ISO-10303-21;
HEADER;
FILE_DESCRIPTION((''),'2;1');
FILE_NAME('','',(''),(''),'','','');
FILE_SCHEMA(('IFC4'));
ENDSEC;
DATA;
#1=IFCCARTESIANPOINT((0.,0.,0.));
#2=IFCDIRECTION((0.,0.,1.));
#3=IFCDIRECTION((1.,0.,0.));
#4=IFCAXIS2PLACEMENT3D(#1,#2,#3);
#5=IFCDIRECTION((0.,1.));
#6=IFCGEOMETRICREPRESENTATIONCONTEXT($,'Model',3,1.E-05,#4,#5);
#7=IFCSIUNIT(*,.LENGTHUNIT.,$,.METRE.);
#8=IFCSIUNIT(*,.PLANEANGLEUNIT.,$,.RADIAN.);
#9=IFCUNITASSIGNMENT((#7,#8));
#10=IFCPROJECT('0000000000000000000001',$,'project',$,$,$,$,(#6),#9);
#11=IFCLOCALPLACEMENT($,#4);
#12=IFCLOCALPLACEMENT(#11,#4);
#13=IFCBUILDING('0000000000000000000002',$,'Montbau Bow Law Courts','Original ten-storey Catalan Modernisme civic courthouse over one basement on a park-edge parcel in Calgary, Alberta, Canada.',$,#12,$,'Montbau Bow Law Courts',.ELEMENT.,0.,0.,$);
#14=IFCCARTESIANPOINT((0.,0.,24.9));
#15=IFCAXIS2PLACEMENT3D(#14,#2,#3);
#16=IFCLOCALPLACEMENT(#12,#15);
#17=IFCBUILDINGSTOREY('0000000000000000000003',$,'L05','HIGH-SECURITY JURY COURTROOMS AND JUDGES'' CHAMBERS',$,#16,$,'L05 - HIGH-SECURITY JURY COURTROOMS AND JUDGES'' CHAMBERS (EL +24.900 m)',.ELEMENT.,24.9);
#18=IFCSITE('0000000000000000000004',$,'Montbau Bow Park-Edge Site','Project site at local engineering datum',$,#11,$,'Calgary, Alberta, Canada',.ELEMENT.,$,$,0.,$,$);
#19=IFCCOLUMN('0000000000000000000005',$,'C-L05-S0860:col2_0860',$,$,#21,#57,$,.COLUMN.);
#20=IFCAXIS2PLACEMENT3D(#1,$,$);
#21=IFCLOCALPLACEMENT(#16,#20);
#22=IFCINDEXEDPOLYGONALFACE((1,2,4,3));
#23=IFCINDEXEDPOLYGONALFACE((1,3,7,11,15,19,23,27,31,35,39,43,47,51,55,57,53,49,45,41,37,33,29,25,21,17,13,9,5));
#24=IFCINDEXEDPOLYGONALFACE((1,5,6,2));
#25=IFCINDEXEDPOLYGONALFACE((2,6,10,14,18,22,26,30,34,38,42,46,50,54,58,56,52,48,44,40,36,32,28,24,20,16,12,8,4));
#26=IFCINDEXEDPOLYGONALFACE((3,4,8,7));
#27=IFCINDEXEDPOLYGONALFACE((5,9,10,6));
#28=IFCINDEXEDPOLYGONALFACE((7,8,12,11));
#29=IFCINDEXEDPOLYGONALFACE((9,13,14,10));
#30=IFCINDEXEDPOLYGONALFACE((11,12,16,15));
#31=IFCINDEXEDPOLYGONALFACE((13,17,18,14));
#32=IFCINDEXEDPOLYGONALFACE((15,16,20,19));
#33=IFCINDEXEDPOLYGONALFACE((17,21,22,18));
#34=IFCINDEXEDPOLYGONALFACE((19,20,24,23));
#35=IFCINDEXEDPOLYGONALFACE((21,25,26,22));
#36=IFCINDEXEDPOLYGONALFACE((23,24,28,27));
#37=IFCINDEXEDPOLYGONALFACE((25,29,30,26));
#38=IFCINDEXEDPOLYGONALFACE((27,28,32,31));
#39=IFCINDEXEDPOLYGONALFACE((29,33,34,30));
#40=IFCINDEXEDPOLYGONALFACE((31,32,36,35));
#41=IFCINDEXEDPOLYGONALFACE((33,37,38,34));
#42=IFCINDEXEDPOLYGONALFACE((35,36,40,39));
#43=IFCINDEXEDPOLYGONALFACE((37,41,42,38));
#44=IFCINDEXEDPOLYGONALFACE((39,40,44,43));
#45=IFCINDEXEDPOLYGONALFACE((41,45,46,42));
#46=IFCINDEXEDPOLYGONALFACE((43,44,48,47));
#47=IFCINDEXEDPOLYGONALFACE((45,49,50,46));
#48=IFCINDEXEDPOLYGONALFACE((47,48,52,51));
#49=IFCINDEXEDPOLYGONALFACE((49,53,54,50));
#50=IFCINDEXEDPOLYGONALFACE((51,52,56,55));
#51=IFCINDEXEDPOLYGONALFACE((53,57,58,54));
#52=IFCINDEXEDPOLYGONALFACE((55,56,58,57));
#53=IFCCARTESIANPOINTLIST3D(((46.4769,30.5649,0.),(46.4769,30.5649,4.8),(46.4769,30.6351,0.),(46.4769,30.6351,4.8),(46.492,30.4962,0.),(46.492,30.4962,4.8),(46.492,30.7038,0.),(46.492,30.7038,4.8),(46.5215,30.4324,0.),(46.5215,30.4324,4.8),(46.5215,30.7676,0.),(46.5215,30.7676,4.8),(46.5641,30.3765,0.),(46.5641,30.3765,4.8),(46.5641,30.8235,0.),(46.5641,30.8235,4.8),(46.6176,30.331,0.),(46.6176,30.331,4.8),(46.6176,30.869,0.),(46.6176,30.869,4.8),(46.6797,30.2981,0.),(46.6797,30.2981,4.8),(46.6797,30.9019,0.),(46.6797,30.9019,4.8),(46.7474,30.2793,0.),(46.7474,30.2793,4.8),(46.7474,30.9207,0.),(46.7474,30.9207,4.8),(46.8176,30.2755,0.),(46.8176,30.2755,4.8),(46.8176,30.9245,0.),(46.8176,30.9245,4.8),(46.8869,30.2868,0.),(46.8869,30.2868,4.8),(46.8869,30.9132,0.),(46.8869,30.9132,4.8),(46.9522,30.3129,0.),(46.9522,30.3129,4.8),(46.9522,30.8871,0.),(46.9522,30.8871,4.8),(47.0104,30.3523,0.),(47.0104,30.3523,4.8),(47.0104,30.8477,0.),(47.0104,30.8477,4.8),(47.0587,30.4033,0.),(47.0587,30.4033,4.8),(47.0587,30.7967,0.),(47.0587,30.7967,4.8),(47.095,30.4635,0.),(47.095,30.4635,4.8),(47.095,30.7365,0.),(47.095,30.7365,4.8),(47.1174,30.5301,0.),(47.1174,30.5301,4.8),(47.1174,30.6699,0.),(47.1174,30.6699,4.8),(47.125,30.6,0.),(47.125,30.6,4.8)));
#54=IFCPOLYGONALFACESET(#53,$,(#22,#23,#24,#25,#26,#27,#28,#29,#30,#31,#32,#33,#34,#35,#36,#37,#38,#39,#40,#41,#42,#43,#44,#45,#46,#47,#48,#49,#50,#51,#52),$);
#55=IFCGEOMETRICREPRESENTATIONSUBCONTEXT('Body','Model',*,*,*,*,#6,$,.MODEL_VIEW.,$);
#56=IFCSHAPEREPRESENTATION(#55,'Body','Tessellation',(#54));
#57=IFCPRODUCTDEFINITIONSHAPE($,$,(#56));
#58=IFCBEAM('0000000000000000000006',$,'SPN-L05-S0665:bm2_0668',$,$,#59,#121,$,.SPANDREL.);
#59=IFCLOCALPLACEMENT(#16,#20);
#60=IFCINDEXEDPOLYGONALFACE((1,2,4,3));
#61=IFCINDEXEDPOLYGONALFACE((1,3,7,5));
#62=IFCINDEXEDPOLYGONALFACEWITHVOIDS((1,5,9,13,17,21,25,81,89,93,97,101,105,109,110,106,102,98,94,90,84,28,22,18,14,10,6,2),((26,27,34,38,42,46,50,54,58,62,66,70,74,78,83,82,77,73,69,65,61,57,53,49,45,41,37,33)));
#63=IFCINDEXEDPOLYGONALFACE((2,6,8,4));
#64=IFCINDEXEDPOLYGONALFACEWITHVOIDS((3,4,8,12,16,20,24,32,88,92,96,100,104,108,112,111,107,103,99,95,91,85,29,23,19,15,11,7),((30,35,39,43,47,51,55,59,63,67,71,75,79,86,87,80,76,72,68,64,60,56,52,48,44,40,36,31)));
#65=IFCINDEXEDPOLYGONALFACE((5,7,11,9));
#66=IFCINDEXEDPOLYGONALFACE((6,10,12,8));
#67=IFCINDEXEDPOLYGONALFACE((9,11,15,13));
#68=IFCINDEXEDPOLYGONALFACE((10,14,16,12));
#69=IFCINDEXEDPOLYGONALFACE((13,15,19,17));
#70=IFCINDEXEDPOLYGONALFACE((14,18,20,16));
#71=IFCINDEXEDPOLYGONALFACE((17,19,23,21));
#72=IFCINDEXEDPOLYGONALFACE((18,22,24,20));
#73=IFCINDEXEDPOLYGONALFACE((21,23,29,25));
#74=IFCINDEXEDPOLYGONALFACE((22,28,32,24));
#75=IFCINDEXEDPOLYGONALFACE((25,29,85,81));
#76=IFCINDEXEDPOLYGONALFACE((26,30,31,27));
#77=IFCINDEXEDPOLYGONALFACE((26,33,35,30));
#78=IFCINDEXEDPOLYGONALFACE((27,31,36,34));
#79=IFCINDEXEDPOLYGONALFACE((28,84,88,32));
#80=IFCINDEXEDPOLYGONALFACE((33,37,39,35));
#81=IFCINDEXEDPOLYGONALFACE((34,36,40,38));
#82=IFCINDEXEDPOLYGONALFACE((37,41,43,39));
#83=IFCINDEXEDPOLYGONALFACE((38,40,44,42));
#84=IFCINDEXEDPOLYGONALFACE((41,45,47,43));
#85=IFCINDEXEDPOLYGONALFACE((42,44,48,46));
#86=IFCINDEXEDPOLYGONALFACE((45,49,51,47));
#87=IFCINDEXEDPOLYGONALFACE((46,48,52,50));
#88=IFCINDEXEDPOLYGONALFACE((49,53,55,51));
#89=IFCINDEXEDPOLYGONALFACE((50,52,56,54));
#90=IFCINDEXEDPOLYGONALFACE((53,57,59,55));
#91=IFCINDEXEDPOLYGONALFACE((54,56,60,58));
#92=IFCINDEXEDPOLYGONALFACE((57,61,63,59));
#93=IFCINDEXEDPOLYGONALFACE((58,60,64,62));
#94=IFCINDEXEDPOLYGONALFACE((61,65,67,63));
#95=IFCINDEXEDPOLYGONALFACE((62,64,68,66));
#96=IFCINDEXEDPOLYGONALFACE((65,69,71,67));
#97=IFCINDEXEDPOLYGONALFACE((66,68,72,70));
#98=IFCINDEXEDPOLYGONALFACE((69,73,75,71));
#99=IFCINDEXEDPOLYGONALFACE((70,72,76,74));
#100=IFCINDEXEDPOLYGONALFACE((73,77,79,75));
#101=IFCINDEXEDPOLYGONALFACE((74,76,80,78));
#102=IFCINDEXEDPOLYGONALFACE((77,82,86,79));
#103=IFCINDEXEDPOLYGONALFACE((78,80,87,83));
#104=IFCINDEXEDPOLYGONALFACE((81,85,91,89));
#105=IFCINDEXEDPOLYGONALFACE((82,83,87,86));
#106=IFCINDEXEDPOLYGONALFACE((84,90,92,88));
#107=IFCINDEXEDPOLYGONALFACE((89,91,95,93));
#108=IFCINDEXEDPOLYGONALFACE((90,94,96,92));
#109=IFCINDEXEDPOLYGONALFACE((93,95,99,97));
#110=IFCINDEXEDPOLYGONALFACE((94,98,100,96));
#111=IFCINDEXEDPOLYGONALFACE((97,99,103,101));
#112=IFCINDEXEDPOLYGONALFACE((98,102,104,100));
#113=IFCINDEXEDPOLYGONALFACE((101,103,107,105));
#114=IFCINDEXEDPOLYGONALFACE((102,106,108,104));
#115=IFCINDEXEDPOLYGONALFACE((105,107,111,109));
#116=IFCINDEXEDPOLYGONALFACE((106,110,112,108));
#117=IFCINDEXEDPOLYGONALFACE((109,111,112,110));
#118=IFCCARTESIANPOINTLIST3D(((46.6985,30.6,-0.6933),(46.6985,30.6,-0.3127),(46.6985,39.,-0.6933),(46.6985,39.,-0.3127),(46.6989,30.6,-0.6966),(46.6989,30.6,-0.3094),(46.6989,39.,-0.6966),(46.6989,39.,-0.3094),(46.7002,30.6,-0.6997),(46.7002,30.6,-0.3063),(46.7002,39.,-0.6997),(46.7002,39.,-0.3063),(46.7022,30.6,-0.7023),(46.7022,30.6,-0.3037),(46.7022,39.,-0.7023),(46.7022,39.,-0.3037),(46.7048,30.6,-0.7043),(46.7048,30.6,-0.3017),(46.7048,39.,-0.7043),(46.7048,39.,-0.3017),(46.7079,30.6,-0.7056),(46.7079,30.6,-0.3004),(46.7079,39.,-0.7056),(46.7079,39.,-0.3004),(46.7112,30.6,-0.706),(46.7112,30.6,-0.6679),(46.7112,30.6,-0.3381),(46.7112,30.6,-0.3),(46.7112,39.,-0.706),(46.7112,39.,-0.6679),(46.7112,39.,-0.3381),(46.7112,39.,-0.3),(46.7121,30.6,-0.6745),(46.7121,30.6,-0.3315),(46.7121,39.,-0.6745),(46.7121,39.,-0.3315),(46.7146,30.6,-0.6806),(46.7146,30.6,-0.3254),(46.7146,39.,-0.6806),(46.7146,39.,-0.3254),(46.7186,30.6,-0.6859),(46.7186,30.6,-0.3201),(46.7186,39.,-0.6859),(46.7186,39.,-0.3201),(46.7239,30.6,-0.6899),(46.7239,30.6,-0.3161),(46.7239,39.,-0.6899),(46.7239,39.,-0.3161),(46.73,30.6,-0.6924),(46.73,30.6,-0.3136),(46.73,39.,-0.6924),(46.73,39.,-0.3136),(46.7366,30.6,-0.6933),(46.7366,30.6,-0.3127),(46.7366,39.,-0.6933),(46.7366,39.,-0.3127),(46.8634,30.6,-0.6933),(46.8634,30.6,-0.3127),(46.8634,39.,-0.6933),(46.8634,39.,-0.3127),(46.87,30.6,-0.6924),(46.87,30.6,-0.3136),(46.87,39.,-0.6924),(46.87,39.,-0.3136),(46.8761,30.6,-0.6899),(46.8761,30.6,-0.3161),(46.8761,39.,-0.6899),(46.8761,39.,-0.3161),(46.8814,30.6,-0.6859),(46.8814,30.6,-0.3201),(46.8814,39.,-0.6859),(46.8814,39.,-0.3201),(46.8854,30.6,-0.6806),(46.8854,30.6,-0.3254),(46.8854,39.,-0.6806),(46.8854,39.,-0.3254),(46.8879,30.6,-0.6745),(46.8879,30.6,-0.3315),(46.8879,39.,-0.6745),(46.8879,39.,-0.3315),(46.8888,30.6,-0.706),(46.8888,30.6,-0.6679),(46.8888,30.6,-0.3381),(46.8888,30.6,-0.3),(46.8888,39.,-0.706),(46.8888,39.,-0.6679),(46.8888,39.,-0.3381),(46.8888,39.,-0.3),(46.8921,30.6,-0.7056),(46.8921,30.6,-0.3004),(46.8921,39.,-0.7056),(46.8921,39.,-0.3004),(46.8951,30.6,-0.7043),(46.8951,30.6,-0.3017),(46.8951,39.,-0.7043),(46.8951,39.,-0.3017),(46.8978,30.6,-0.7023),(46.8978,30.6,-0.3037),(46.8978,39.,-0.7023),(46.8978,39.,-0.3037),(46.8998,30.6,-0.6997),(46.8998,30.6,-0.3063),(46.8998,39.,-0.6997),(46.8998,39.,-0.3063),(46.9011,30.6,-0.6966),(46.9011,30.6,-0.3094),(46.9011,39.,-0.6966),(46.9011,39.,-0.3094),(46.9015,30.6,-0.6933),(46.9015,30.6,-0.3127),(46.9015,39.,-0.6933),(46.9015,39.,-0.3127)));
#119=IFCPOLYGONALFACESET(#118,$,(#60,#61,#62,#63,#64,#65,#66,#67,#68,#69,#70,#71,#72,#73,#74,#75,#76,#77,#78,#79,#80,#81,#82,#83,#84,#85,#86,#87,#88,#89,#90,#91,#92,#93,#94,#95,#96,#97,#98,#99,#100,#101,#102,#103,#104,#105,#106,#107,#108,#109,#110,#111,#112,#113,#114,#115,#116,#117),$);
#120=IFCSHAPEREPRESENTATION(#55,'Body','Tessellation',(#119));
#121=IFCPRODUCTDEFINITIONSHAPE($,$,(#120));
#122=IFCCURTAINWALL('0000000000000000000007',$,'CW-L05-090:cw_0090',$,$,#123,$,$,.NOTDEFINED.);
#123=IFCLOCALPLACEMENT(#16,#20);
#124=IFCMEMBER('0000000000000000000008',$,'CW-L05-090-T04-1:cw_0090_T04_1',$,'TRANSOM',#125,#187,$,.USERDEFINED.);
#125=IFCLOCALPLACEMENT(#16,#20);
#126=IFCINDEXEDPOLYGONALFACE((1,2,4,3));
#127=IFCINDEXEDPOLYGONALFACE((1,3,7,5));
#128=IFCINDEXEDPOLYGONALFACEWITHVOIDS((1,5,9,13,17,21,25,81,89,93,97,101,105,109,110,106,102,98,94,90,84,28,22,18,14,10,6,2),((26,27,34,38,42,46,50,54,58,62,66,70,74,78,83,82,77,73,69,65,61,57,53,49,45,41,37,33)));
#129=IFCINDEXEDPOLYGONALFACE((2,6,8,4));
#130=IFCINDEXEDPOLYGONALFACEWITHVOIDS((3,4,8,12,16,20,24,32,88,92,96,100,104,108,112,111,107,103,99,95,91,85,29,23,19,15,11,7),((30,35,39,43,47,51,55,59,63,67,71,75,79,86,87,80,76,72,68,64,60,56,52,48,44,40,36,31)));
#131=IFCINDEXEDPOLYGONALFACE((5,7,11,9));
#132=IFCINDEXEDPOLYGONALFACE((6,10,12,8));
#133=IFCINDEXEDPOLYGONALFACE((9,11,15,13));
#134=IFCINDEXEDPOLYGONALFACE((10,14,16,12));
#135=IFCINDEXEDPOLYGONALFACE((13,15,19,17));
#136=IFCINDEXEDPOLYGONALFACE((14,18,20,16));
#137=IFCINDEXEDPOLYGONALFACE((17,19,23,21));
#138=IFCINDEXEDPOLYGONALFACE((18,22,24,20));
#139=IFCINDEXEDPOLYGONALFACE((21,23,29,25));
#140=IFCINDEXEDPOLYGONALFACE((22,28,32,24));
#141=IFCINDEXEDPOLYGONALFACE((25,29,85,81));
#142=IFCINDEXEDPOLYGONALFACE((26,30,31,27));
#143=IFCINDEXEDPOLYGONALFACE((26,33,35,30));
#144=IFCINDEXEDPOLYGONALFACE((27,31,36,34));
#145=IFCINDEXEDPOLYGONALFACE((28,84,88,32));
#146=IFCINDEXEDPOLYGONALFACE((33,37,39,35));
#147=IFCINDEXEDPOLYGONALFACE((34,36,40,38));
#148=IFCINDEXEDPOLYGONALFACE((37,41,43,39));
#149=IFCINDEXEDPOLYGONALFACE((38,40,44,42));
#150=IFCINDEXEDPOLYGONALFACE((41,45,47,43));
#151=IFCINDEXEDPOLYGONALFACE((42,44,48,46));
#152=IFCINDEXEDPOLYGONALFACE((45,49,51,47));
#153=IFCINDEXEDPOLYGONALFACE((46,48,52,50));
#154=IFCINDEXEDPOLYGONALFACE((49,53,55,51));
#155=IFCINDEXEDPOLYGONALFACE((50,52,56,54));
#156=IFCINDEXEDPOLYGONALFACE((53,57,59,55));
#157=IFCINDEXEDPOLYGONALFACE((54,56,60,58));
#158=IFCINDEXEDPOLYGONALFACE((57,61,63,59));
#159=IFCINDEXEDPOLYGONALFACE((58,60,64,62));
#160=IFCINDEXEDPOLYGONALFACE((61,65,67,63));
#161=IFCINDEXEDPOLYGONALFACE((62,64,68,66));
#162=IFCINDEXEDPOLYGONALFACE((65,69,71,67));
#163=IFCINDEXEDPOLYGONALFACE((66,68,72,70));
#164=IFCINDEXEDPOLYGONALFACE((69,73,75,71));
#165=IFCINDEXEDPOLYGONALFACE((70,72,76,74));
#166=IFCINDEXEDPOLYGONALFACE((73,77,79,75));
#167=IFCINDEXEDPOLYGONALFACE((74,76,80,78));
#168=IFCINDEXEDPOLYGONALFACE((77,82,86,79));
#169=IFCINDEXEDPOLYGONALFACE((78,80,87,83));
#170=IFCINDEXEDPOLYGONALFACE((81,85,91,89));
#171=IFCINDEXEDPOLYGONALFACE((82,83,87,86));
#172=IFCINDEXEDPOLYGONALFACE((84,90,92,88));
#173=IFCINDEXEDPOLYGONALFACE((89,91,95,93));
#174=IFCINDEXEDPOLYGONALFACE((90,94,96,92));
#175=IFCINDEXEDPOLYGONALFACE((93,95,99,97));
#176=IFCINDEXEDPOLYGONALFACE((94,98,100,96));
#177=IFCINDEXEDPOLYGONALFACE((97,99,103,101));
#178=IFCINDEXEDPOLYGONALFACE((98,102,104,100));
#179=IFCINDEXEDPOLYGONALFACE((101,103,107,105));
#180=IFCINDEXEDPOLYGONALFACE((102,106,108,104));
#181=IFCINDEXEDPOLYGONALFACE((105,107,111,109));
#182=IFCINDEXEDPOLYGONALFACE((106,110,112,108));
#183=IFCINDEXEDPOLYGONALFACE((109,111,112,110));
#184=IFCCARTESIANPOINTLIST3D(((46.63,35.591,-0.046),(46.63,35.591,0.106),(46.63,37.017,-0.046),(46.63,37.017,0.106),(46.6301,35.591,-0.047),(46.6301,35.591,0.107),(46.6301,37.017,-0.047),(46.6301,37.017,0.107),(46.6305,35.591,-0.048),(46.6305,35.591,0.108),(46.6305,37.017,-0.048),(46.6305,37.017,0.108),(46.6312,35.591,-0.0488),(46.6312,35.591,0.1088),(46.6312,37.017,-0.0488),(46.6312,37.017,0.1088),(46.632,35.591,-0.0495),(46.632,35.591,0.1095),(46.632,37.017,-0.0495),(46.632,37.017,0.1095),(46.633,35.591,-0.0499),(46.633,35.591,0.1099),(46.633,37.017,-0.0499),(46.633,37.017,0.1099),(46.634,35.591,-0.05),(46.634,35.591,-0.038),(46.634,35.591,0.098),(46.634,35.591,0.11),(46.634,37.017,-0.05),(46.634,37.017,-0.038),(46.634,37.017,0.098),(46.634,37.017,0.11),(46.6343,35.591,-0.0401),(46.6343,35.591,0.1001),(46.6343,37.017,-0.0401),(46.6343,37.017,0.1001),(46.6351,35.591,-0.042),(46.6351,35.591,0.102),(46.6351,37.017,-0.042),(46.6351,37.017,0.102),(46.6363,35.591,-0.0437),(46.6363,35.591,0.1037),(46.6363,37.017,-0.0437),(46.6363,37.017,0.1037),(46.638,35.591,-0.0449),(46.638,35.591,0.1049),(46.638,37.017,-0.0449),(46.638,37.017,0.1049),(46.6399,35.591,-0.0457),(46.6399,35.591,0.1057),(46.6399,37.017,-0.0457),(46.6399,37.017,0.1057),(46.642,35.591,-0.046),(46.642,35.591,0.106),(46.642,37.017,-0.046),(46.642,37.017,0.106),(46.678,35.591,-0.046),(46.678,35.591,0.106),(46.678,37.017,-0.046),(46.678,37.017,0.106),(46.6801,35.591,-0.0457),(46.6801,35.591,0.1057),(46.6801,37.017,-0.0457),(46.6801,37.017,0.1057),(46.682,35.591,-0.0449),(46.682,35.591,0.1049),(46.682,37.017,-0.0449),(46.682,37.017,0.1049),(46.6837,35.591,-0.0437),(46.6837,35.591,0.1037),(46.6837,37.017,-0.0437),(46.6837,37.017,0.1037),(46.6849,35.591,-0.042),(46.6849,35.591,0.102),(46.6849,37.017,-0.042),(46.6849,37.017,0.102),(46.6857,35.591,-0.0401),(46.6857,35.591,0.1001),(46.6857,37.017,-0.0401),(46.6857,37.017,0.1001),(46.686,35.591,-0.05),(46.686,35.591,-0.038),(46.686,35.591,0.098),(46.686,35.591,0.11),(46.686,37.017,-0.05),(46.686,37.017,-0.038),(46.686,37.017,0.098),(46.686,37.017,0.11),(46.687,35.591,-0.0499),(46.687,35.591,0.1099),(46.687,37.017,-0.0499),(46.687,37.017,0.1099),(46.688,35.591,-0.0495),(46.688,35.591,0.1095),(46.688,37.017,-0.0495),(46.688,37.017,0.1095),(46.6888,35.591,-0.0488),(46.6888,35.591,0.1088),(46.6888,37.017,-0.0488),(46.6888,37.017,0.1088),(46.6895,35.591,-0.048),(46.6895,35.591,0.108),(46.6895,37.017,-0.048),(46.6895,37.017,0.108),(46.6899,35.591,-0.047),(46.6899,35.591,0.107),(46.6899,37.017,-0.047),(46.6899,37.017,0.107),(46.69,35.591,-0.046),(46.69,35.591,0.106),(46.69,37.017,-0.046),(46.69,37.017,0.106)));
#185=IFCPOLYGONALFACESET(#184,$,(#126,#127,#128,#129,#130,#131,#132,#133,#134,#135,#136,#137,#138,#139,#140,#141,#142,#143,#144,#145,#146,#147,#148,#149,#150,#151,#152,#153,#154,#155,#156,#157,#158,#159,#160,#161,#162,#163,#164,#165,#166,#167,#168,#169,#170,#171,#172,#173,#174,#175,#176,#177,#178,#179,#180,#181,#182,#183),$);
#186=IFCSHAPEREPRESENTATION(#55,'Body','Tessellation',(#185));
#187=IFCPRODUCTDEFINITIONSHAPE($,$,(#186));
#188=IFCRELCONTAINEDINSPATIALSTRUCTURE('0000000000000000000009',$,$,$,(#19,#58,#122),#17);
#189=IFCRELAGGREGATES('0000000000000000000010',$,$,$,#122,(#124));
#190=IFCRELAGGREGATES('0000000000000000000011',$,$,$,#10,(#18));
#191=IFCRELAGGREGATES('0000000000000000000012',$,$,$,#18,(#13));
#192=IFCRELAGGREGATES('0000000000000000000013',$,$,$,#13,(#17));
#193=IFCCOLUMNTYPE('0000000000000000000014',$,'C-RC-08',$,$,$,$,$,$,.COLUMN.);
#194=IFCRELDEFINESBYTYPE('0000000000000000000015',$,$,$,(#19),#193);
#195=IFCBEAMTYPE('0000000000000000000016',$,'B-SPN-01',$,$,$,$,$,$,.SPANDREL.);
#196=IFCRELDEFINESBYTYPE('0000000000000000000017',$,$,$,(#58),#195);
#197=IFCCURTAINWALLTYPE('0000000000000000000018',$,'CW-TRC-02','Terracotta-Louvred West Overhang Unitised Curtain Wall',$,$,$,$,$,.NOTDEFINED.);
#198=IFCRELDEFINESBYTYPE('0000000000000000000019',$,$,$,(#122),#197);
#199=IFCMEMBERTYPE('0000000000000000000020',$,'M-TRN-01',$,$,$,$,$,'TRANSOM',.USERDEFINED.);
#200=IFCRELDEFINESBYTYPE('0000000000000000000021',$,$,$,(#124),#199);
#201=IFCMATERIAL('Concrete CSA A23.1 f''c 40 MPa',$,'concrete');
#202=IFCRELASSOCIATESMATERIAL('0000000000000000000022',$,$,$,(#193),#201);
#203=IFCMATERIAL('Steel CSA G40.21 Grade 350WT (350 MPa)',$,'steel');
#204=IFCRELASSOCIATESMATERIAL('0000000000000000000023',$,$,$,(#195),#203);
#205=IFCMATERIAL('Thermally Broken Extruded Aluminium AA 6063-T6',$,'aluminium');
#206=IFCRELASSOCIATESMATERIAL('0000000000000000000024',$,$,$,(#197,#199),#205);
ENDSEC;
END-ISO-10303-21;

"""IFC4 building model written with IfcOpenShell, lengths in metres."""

from ifc_helpers import new_model, si_unit, direction, frame, origin_with_axes, origin_2d_with_axis, place, context, subcontext, project, spatial, hollow_rectangle, circle, extrude, material, material_profile, profile_set, type_object, element, aggregate, save


model = new_model("IFC4")

# Units and contexts
model_context = context("Model", 3, precision=1e-05, world=origin_with_axes(), true_north=direction((0.0, 1.0)))
body_context = subcontext(model_context, "Body", "Model", "MODEL_VIEW")
ifc_project = project(units=[si_unit("LENGTHUNIT", "METRE"), si_unit("PLANEANGLEUNIT", "RADIAN")], contexts=[model_context])

# Site, building, storey
site_placement = place(None, origin_with_axes())
site = spatial("IfcSite", under=ifc_project, at=site_placement, Name="Montbau Bow Park-Edge Site", Description="Project site at local engineering datum", LongName="Calgary, Alberta, Canada", CompositionType="ELEMENT", RefElevation=0.0)
building_placement = place(site_placement, origin_with_axes())
building = spatial("IfcBuilding", under=site, at=building_placement, Name="Montbau Bow Law Courts", Description="Original ten-storey Catalan Modernisme civic courthouse over one basement on a park-edge parcel in Calgary, Alberta, Canada.", LongName="Montbau Bow Law Courts", CompositionType="ELEMENT", ElevationOfRefHeight=0.0, ElevationOfTerrain=0.0)
storey_placement = place(building_placement, frame((0.0, 0.0, 24.9), z_axis=(0.0, 0.0, 1.0), x_axis=(1.0, 0.0, 0.0)))
storey = spatial("IfcBuildingStorey", under=building, at=storey_placement, Name="L05", Description="HIGH-SECURITY JURY COURTROOMS AND JUDGES' CHAMBERS", LongName="L05 - HIGH-SECURITY JURY COURTROOMS AND JUDGES' CHAMBERS (EL +24.900 m)", CompositionType="ELEMENT", Elevation=24.9)

# Column
ifc_material_1 = material(Name="Concrete CSA A23.1 f'c 40 MPa", Category="concrete")
ifc_material_profile_1 = material_profile(ifc_material_1, circle(Radius=0.325, at=origin_2d_with_axis()), Name="RC650D", Category="Main", Priority=0)
ifc_profile_set_1 = profile_set([ifc_material_profile_1], Name="Concrete CSA A23.1 f'c 40 MPa")
column_type = type_object("IfcColumnType", Name="C-RC-08", PredefinedType="COLUMN", material=ifc_profile_set_1)
column_placement = place(None, frame((46.8, 30.6, 24.9), z_axis=(0.0, 0.0, 1.0), x_axis=(1.0, 0.0, 0.0)))
element("IfcColumn", 1, at=column_placement, inside=storey, type_object=column_type, Name="C-L05-S0860:col2_0860", PredefinedType="COLUMN", context=body_context, shape_type="SweptSolid", body=[
    extrude(circle(Radius=0.325, at=origin_2d_with_axis()), origin_with_axes(), (0.0, 0.0, 1.0), 4.8),
])

# Beam
ifc_material_2 = material(Name="Steel CSA G40.21 Grade 350WT (350 MPa)", Category="steel")
ifc_material_profile_2 = material_profile(ifc_material_2, hollow_rectangle(XDim=0.203, YDim=0.406, WallThickness=0.0127, InnerFilletRadius=0.0254, OuterFilletRadius=0.0127, at=origin_2d_with_axis()), Name="HSS406X203X13", Category="Main", Priority=0)
ifc_profile_set_2 = profile_set([ifc_material_profile_2], Name="Steel CSA G40.21 Grade 350WT (350 MPa)")
beam_type = type_object("IfcBeamType", Name="B-SPN-01", PredefinedType="SPANDREL", material=ifc_profile_set_2)
beam_placement = place(None, frame((46.8, 30.6, 24.397), z_axis=(0.0, 1.0, 0.0), x_axis=(-1.0, 0.0, 0.0)))
element("IfcBeam", 2, at=beam_placement, inside=storey, type_object=beam_type, Name="SPN-L05-S0665:bm2_0668", PredefinedType="SPANDREL", context=body_context, shape_type="SweptSolid", body=[
    extrude(hollow_rectangle(XDim=0.203, YDim=0.406, WallThickness=0.0127, InnerFilletRadius=0.0254, OuterFilletRadius=0.0127, at=origin_2d_with_axis()), origin_with_axes(), (0.0, 0.0, 1.0), 8.4),
])

# Curtain wall, member
ifc_material_3 = material(Name="Thermally Broken Extruded Aluminium AA 6063-T6", Category="aluminium")
curtain_wall_type = type_object("IfcCurtainWallType", Name="CW-TRC-02", Description="Terracotta-Louvred West Overhang Unitised Curtain Wall", PredefinedType="NOTDEFINED", material=ifc_material_3)
curtain_wall_placement = place(None, frame((46.66, 31.04, 24.9), z_axis=(0.0, 0.0, 1.0), x_axis=(1.0, 0.0, 0.0)))
curtain_wall = element("IfcCurtainWall", 3, at=curtain_wall_placement, inside=storey, type_object=curtain_wall_type, Name="CW-L05-090:cw_0090", PredefinedType="NOTDEFINED")
ifc_material_profile_3 = material_profile(ifc_material_3, hollow_rectangle(XDim=0.06, YDim=0.16, WallThickness=0.004, InnerFilletRadius=0.008, OuterFilletRadius=0.004, at=origin_2d_with_axis()), Name="CWT-160X60", Category="Main", Priority=0)
ifc_profile_set_3 = profile_set([ifc_material_profile_3], Name="Thermally Broken Extruded Aluminium AA 6063-T6")
member_type = type_object("IfcMemberType", Name="M-TRN-01", ElementType="TRANSOM", PredefinedType="USERDEFINED", material=ifc_profile_set_3)
member_1_placement = place(None, frame((46.66, 35.591, 24.93), z_axis=(0.0, 1.0, 0.0), x_axis=(-1.0, 0.0, 0.0)))
member_1 = element("IfcMember", 4, at=member_1_placement, type_object=member_type, Name="CW-L05-090-T04-1:cw_0090_T04_1", ObjectType="TRANSOM", PredefinedType="USERDEFINED", context=body_context, shape_type="SweptSolid", body=[
    extrude(hollow_rectangle(XDim=0.06, YDim=0.16, WallThickness=0.004, InnerFilletRadius=0.008, OuterFilletRadius=0.004, at=origin_2d_with_axis()), origin_with_axes(), (0.0, 0.0, 1.0), 1.426),
])
aggregate(curtain_wall, [member_1])

save(model, "model.ifc")
